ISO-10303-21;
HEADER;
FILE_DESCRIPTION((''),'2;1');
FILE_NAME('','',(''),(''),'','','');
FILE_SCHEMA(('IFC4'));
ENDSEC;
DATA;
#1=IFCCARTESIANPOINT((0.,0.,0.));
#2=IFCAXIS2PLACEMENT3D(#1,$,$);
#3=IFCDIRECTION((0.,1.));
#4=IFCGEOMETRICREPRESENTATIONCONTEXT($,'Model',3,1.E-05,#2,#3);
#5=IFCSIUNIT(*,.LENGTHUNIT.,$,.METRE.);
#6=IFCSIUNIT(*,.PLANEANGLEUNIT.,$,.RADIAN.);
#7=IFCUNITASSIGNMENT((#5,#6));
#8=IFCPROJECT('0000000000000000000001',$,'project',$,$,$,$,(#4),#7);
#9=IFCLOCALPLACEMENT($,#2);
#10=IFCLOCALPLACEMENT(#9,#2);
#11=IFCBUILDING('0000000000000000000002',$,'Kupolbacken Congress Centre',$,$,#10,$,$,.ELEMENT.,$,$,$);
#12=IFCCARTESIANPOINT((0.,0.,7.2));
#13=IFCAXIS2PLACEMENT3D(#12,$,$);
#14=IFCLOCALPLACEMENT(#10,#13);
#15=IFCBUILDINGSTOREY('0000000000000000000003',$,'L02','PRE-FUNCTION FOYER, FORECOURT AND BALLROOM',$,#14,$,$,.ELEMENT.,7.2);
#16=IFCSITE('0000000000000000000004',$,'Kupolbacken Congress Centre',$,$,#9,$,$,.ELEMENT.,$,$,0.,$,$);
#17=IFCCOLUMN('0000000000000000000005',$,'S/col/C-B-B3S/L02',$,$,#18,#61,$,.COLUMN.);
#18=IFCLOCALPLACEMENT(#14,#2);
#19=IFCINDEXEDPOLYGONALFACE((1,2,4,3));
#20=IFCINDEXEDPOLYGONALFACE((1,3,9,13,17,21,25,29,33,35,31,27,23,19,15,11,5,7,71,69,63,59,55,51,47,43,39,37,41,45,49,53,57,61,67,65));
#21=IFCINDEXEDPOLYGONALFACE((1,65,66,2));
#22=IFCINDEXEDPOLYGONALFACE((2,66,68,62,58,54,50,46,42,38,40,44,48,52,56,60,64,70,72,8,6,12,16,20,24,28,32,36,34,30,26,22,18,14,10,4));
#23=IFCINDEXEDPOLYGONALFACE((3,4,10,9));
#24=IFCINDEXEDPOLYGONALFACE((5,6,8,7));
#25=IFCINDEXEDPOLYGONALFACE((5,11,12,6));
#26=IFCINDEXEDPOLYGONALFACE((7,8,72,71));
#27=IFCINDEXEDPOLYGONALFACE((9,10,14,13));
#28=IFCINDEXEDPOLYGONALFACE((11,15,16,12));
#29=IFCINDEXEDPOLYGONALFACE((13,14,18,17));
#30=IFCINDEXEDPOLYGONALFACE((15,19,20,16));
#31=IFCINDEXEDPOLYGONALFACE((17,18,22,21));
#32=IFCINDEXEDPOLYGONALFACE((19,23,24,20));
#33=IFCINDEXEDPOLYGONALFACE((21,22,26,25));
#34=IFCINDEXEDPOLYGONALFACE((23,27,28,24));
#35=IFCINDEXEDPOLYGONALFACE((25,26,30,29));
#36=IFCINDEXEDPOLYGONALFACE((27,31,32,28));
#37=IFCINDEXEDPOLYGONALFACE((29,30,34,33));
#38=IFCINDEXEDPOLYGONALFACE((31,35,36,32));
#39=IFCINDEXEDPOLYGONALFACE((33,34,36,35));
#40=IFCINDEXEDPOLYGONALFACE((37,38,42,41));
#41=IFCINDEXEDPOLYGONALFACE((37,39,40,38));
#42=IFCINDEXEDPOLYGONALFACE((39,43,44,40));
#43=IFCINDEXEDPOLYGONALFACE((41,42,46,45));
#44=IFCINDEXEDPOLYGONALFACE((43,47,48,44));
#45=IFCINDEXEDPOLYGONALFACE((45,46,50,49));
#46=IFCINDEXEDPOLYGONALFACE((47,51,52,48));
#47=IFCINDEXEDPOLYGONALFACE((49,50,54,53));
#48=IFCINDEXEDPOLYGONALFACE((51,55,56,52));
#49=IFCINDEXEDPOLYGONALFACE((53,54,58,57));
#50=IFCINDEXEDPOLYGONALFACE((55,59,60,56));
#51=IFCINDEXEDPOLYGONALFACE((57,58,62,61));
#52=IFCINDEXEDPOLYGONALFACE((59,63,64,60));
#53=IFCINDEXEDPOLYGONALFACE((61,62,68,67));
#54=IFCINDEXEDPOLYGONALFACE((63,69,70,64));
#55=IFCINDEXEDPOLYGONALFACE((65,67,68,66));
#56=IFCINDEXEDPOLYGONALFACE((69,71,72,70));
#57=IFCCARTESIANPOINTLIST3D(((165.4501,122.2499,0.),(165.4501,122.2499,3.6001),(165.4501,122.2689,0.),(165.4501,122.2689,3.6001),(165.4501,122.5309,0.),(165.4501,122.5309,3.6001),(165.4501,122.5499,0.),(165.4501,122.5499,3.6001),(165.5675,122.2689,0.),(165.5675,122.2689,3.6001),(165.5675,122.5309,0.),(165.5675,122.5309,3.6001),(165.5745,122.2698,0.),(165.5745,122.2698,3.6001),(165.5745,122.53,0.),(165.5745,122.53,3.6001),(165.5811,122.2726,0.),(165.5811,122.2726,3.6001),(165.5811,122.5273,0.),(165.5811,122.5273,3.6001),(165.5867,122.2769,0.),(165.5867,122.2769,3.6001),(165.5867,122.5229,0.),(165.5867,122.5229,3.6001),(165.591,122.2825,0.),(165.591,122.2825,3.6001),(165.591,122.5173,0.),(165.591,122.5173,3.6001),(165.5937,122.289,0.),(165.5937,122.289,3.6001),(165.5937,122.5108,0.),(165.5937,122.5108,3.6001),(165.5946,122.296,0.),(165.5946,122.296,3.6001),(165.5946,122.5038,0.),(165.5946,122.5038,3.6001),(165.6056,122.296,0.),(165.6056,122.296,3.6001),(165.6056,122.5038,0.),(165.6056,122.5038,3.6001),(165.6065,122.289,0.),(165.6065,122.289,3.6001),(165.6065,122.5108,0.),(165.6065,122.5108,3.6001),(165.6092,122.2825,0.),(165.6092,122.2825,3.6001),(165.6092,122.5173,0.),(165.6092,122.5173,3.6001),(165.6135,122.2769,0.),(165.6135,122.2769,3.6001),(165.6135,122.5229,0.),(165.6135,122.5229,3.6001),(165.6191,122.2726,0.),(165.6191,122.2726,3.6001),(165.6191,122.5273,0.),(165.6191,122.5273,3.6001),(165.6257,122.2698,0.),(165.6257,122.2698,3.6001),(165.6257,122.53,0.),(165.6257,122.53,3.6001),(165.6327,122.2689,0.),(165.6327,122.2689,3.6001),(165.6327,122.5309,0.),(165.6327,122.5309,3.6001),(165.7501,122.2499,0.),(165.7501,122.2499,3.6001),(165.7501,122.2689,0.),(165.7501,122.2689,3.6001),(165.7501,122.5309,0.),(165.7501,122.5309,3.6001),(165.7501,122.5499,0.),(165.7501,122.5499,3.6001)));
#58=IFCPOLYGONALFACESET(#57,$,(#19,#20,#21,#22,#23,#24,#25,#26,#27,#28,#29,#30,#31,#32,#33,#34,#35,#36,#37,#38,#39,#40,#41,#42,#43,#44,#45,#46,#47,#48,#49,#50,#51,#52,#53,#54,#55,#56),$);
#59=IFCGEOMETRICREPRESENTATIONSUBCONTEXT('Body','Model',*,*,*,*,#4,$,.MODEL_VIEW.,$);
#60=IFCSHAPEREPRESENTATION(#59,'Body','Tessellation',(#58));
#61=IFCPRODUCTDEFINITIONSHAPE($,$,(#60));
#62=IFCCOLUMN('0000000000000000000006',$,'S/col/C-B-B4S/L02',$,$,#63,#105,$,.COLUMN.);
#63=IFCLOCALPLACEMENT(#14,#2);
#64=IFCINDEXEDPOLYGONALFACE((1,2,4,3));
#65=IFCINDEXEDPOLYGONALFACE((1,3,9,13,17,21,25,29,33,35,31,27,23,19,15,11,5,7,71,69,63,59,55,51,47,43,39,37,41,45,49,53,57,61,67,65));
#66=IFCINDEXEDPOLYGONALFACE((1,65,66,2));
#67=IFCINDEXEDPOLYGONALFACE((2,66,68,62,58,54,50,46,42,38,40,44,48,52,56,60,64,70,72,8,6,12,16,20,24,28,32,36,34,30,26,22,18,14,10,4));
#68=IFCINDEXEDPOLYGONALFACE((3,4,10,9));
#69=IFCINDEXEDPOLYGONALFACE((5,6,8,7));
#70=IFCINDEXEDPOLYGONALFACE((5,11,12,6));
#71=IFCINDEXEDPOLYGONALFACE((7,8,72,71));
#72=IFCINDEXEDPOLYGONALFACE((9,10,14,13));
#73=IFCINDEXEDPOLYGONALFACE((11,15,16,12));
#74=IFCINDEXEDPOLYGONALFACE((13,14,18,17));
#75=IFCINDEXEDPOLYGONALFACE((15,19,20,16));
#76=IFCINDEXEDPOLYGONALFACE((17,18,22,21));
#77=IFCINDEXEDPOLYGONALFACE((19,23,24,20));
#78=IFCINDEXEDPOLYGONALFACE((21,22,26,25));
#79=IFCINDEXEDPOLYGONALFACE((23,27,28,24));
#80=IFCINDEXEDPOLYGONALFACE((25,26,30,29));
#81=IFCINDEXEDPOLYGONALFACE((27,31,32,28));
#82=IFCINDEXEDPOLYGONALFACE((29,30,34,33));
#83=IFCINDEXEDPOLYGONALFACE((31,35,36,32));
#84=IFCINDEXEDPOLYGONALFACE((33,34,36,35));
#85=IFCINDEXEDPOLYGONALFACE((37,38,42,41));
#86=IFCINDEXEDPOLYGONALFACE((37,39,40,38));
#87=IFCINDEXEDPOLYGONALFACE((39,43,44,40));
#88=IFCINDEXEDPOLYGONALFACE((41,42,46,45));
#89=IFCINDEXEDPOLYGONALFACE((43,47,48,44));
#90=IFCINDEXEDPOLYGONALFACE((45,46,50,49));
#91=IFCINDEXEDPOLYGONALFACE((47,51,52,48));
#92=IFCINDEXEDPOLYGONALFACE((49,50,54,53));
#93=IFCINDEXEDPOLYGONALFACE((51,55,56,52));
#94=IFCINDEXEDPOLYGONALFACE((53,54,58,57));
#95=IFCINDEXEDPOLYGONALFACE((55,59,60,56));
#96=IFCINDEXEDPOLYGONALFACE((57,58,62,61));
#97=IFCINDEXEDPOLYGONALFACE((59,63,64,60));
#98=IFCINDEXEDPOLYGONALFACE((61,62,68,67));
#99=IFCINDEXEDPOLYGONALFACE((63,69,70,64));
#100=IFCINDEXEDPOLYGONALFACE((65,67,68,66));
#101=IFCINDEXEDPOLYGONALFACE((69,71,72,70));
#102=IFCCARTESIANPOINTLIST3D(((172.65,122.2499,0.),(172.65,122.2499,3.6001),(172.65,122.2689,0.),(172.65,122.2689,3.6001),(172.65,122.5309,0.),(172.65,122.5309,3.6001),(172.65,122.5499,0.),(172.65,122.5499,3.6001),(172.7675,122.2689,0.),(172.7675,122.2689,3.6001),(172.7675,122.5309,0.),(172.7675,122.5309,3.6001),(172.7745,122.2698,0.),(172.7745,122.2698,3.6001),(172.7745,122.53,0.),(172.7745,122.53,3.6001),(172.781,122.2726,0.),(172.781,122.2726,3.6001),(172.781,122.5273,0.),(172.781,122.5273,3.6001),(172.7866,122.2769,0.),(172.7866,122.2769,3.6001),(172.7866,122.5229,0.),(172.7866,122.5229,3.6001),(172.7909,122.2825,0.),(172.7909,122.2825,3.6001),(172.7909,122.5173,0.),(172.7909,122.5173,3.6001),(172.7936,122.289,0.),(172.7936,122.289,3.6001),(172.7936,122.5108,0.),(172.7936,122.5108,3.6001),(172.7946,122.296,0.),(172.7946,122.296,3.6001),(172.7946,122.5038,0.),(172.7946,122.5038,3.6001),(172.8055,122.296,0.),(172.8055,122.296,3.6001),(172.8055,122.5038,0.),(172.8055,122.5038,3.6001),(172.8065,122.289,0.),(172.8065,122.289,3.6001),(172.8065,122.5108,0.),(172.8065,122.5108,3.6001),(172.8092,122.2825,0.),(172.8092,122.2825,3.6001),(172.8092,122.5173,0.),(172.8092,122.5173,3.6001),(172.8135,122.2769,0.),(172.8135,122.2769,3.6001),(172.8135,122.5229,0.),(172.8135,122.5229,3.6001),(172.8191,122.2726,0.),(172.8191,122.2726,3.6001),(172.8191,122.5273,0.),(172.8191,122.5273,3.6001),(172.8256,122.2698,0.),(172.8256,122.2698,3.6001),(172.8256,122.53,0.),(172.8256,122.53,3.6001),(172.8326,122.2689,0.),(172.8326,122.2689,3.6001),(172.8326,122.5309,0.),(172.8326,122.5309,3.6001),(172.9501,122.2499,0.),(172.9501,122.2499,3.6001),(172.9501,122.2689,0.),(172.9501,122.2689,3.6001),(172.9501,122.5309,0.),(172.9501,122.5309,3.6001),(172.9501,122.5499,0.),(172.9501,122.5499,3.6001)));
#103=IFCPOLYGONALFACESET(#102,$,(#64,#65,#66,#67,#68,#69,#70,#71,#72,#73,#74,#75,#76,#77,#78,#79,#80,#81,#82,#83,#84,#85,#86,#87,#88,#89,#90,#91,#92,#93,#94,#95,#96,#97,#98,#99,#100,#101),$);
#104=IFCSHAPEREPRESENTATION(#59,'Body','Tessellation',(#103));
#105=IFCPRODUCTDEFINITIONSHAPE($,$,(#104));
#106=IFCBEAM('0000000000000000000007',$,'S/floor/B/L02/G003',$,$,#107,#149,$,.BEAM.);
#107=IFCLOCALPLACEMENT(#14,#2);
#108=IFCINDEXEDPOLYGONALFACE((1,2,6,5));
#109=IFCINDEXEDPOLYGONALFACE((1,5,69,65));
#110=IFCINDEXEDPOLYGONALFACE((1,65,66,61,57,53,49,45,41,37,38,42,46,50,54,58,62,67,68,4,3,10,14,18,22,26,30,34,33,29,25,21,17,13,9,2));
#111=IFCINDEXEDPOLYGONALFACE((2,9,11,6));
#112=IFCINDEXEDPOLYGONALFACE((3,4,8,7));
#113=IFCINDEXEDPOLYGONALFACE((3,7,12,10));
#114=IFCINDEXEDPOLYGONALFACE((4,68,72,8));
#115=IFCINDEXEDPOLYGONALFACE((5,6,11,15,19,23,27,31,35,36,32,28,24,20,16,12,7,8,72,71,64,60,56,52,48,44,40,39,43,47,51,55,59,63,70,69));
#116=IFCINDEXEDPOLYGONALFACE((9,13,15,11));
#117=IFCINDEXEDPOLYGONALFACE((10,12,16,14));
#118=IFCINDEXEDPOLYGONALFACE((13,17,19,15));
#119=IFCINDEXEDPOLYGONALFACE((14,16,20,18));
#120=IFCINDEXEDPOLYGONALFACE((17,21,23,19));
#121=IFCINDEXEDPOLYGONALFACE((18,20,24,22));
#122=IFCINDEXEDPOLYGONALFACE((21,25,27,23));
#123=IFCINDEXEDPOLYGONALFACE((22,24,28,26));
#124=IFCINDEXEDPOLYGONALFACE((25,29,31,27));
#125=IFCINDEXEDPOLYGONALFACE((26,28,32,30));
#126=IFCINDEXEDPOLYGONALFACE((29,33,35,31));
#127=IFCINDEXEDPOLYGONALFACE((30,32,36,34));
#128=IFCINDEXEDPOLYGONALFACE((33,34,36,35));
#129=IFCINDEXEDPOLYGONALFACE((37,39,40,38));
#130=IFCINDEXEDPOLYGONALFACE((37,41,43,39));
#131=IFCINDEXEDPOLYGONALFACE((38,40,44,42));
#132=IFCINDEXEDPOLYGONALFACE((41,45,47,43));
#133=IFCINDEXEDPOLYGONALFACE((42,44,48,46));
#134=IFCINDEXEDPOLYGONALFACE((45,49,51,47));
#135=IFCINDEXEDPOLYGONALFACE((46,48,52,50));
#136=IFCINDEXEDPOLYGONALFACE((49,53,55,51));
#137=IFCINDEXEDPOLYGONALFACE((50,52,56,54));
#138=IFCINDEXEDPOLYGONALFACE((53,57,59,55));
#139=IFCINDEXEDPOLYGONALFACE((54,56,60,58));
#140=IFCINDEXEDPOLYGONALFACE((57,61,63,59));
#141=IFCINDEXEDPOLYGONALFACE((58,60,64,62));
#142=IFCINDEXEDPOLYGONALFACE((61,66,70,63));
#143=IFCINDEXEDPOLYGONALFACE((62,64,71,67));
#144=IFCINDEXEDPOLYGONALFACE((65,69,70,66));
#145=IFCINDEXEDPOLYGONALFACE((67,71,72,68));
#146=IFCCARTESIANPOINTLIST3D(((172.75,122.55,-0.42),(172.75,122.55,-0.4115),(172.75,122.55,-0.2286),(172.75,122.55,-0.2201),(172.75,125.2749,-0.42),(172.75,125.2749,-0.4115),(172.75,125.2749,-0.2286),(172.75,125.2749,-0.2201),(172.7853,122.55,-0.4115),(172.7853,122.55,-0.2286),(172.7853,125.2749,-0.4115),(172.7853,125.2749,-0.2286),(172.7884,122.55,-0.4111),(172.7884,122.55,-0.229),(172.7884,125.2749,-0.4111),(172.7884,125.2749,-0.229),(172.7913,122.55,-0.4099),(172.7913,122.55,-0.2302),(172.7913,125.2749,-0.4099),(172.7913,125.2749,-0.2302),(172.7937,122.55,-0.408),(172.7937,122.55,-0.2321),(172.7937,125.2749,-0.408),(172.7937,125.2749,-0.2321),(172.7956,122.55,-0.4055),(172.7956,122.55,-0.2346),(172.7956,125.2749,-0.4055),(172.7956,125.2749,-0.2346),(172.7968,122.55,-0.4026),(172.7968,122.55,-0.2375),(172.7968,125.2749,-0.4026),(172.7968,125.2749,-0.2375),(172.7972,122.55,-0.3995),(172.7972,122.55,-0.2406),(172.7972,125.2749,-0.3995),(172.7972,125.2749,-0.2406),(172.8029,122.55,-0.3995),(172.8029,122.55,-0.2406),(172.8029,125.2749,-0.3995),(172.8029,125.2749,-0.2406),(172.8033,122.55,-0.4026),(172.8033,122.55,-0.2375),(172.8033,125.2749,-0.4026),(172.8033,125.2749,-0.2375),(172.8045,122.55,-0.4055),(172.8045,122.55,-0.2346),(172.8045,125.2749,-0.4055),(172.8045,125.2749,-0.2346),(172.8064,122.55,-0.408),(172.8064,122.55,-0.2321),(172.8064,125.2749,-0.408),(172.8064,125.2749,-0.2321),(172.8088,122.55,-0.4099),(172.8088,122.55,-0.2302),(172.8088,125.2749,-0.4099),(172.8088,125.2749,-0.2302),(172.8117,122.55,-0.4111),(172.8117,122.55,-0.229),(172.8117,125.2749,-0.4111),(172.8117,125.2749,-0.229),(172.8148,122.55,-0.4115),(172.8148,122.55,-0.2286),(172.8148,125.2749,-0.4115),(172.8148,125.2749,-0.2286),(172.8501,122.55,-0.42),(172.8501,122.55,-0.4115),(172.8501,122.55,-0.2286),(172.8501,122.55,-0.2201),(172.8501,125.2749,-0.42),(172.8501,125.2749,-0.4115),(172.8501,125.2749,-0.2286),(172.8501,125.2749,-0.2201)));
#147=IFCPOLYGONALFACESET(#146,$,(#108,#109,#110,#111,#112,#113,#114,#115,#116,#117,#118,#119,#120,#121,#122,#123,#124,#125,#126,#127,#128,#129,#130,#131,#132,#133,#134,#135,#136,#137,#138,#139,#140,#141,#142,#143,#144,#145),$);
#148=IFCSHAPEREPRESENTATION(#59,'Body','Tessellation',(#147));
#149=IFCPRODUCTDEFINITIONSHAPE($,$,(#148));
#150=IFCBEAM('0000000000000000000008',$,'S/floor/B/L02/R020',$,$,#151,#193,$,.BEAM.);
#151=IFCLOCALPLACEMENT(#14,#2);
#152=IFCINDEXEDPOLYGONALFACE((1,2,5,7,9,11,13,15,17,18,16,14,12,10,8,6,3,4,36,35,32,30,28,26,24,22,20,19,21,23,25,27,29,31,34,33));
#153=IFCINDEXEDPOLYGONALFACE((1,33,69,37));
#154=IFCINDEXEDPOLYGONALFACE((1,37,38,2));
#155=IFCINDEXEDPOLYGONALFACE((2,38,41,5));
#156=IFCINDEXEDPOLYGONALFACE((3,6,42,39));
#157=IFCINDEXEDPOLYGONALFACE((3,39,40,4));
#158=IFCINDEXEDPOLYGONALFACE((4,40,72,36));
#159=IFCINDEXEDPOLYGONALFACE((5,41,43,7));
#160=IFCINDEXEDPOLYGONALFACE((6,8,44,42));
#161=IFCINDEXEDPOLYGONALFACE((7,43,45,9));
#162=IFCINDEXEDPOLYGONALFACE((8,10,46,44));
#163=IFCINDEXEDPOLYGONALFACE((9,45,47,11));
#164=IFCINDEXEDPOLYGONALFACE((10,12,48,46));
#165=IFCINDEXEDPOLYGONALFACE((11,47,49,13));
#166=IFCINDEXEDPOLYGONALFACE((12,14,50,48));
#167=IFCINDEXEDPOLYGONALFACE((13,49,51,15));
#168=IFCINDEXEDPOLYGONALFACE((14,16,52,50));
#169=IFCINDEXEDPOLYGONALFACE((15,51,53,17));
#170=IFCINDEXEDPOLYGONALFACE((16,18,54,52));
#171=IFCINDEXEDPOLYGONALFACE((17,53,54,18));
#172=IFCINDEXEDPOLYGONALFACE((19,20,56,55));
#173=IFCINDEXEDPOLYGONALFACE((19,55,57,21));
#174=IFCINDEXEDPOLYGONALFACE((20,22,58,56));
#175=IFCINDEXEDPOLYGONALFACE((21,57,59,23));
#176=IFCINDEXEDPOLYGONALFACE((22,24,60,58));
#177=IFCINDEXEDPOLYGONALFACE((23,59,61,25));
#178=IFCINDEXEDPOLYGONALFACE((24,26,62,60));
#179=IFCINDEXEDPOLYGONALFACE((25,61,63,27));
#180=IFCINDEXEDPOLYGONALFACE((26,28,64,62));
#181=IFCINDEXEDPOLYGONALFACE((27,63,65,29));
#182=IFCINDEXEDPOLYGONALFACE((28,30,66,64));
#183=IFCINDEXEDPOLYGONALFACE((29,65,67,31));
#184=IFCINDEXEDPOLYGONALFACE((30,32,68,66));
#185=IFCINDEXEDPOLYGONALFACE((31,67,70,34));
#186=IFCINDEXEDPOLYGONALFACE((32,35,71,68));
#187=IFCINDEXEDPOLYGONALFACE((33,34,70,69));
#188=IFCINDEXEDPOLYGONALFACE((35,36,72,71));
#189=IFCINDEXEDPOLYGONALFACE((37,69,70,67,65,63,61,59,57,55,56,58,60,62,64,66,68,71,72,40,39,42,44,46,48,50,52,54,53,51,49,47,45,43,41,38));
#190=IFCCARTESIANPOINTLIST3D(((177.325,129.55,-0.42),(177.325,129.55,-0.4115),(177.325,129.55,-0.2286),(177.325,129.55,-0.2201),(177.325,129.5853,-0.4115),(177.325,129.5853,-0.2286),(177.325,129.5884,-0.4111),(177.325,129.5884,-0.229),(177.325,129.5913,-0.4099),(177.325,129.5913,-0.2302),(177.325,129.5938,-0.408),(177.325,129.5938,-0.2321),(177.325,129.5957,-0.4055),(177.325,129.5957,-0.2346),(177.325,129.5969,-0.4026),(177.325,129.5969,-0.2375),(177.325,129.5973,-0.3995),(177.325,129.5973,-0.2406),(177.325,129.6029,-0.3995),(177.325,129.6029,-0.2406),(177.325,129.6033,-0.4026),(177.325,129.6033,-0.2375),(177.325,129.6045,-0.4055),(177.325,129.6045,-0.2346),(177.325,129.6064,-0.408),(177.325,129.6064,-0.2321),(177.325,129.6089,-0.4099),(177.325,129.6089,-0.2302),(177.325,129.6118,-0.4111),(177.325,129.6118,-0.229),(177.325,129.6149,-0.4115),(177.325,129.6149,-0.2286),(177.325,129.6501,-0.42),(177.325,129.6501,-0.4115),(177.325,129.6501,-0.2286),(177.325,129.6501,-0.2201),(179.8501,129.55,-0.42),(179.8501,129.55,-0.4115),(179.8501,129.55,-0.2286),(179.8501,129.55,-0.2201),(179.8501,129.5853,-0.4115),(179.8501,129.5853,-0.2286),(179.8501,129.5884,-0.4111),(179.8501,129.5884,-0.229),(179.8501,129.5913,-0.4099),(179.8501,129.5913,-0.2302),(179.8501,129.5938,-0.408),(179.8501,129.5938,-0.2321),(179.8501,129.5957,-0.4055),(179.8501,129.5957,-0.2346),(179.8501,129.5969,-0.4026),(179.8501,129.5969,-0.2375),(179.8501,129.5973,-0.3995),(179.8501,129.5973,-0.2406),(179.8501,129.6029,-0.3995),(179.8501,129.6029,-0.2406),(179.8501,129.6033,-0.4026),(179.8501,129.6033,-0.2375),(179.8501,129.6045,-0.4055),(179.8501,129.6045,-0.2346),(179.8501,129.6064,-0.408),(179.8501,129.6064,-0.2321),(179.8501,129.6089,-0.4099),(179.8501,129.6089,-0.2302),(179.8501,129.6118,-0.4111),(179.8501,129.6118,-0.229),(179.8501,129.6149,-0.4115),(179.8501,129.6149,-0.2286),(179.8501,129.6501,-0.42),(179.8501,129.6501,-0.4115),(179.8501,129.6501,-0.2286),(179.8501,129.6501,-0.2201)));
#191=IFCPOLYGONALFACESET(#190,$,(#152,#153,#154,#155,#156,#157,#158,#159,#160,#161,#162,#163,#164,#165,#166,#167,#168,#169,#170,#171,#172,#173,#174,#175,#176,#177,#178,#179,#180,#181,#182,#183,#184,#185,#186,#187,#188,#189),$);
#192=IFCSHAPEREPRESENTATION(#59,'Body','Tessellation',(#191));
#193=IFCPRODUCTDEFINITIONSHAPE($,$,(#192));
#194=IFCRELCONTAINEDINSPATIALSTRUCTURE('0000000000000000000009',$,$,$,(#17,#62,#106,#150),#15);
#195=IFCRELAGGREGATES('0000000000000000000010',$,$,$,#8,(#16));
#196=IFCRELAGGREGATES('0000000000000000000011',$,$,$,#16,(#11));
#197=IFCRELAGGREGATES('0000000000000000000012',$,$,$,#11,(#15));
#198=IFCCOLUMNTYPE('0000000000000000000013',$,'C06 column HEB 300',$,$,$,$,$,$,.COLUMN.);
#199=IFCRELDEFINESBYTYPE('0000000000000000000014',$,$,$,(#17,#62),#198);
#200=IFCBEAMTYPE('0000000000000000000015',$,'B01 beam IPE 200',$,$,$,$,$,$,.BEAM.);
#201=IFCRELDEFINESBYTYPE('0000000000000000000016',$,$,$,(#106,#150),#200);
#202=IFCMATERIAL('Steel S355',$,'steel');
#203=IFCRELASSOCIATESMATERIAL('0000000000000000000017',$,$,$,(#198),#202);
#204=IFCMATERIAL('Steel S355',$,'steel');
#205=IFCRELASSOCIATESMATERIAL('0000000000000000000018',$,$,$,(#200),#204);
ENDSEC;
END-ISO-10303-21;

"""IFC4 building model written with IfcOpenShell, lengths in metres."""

from ifc_helpers import new_model, si_unit, direction, frame, origin, origin_2d, place, context, subcontext, project, spatial, i_section, extrude, material, material_profile, profile_set, type_object, element, save


model = new_model("IFC4")

# Units and contexts
model_context = context("Model", 3, precision=1e-05, world=origin(), true_north=direction((0.0, 1.0)))
body_context = subcontext(model_context, "Body", "Model", "MODEL_VIEW")
ifc_project = project(units=[si_unit("LENGTHUNIT", "METRE"), si_unit("PLANEANGLEUNIT", "RADIAN")], contexts=[model_context])

# Site, building, storey
site_placement = place(None, origin())
site = spatial("IfcSite", under=ifc_project, at=site_placement, Name="Kupolbacken Congress Centre", CompositionType="ELEMENT", RefElevation=0.0)
building_placement = place(site_placement, origin())
building = spatial("IfcBuilding", under=site, at=building_placement, Name="Kupolbacken Congress Centre", CompositionType="ELEMENT")
storey_placement = place(building_placement, frame((0.0, 0.0, 7.2)))
storey = spatial("IfcBuildingStorey", under=building, at=storey_placement, Name="L02", Description="PRE-FUNCTION FOYER, FORECOURT AND BALLROOM", CompositionType="ELEMENT", Elevation=7.2)

# Columns
ifc_material_1 = material(Name="Steel S355", Category="steel")
ifc_material_profile_1 = material_profile(ifc_material_1, i_section(OverallWidth=0.3, OverallDepth=0.3, WebThickness=0.011, FlangeThickness=0.019, FilletRadius=0.0271, at=origin_2d()), Name="HEB 300")
ifc_profile_set_1 = profile_set([ifc_material_profile_1], Name="Steel S355")
column_type = type_object("IfcColumnType", Name="C06 column HEB 300", PredefinedType="COLUMN", material=ifc_profile_set_1)
for number, where, z_axis, x_axis, name in (
    (1, (165.6001, 122.3999, 0.0), (0.0, 0.0, 1.0), (1.0, 0.0, 0.0), "S/col/C-B-B3S/L02"),
    (2, (172.8, 122.3999, 0.0), (0.0, 0.0, 1.0), (1.0, 0.0, 0.0), "S/col/C-B-B4S/L02"),
):
    element("IfcColumn", number, at=place(storey_placement, frame(where, z_axis=z_axis, x_axis=x_axis)), inside=storey, type_object=column_type, Name=name, PredefinedType="COLUMN", context=body_context, shape_type="SweptSolid", body=[
        extrude(i_section(OverallWidth=0.3, OverallDepth=0.3, WebThickness=0.011, FlangeThickness=0.019, FilletRadius=0.0271, at=origin_2d()), origin(), (0.0, 0.0, 1.0), 3.6001),
    ])

# Beams
ifc_material_2 = material(Name="Steel S355", Category="steel")
ifc_material_profile_2 = material_profile(ifc_material_2, i_section(OverallWidth=0.1001, OverallDepth=0.2, WebThickness=0.0056, FlangeThickness=0.0085, FilletRadius=0.012, at=origin_2d()), Name="IPE 200")
ifc_profile_set_2 = profile_set([ifc_material_profile_2], Name="Steel S355")
beam_type_1 = type_object("IfcBeamType", Name="B01 beam IPE 200", PredefinedType="BEAM", material=ifc_profile_set_2)
beam_1_placement = place(storey_placement, frame((172.8, 122.55, -0.3201), z_axis=(0.0, 1.0, 0.0), x_axis=(-1.0, 0.0, 0.0)))
element("IfcBeam", 3, at=beam_1_placement, inside=storey, type_object=beam_type_1, Name="S/floor/B/L02/G003", PredefinedType="BEAM", context=body_context, shape_type="SweptSolid", body=[
    extrude(i_section(OverallWidth=0.1001, OverallDepth=0.2, WebThickness=0.0056, FlangeThickness=0.0085, FilletRadius=0.012, at=origin_2d()), origin(), (0.0, 0.0, 1.0), 2.7249),
])
beam_2_placement = place(storey_placement, frame((177.325, 129.6001, -0.3201), z_axis=(1.0, 0.0, 0.0), x_axis=(0.0, 1.0, 0.0)))
element("IfcBeam", 4, at=beam_2_placement, inside=storey, type_object=beam_type_1, Name="S/floor/B/L02/R020", PredefinedType="BEAM", context=body_context, shape_type="SweptSolid", body=[
    extrude(i_section(OverallWidth=0.1001, OverallDepth=0.2, WebThickness=0.0056, FlangeThickness=0.0085, FilletRadius=0.012, at=origin_2d()), origin(), (0.0, 0.0, 1.0), 2.5251),
])

save(model, "model.ifc")
